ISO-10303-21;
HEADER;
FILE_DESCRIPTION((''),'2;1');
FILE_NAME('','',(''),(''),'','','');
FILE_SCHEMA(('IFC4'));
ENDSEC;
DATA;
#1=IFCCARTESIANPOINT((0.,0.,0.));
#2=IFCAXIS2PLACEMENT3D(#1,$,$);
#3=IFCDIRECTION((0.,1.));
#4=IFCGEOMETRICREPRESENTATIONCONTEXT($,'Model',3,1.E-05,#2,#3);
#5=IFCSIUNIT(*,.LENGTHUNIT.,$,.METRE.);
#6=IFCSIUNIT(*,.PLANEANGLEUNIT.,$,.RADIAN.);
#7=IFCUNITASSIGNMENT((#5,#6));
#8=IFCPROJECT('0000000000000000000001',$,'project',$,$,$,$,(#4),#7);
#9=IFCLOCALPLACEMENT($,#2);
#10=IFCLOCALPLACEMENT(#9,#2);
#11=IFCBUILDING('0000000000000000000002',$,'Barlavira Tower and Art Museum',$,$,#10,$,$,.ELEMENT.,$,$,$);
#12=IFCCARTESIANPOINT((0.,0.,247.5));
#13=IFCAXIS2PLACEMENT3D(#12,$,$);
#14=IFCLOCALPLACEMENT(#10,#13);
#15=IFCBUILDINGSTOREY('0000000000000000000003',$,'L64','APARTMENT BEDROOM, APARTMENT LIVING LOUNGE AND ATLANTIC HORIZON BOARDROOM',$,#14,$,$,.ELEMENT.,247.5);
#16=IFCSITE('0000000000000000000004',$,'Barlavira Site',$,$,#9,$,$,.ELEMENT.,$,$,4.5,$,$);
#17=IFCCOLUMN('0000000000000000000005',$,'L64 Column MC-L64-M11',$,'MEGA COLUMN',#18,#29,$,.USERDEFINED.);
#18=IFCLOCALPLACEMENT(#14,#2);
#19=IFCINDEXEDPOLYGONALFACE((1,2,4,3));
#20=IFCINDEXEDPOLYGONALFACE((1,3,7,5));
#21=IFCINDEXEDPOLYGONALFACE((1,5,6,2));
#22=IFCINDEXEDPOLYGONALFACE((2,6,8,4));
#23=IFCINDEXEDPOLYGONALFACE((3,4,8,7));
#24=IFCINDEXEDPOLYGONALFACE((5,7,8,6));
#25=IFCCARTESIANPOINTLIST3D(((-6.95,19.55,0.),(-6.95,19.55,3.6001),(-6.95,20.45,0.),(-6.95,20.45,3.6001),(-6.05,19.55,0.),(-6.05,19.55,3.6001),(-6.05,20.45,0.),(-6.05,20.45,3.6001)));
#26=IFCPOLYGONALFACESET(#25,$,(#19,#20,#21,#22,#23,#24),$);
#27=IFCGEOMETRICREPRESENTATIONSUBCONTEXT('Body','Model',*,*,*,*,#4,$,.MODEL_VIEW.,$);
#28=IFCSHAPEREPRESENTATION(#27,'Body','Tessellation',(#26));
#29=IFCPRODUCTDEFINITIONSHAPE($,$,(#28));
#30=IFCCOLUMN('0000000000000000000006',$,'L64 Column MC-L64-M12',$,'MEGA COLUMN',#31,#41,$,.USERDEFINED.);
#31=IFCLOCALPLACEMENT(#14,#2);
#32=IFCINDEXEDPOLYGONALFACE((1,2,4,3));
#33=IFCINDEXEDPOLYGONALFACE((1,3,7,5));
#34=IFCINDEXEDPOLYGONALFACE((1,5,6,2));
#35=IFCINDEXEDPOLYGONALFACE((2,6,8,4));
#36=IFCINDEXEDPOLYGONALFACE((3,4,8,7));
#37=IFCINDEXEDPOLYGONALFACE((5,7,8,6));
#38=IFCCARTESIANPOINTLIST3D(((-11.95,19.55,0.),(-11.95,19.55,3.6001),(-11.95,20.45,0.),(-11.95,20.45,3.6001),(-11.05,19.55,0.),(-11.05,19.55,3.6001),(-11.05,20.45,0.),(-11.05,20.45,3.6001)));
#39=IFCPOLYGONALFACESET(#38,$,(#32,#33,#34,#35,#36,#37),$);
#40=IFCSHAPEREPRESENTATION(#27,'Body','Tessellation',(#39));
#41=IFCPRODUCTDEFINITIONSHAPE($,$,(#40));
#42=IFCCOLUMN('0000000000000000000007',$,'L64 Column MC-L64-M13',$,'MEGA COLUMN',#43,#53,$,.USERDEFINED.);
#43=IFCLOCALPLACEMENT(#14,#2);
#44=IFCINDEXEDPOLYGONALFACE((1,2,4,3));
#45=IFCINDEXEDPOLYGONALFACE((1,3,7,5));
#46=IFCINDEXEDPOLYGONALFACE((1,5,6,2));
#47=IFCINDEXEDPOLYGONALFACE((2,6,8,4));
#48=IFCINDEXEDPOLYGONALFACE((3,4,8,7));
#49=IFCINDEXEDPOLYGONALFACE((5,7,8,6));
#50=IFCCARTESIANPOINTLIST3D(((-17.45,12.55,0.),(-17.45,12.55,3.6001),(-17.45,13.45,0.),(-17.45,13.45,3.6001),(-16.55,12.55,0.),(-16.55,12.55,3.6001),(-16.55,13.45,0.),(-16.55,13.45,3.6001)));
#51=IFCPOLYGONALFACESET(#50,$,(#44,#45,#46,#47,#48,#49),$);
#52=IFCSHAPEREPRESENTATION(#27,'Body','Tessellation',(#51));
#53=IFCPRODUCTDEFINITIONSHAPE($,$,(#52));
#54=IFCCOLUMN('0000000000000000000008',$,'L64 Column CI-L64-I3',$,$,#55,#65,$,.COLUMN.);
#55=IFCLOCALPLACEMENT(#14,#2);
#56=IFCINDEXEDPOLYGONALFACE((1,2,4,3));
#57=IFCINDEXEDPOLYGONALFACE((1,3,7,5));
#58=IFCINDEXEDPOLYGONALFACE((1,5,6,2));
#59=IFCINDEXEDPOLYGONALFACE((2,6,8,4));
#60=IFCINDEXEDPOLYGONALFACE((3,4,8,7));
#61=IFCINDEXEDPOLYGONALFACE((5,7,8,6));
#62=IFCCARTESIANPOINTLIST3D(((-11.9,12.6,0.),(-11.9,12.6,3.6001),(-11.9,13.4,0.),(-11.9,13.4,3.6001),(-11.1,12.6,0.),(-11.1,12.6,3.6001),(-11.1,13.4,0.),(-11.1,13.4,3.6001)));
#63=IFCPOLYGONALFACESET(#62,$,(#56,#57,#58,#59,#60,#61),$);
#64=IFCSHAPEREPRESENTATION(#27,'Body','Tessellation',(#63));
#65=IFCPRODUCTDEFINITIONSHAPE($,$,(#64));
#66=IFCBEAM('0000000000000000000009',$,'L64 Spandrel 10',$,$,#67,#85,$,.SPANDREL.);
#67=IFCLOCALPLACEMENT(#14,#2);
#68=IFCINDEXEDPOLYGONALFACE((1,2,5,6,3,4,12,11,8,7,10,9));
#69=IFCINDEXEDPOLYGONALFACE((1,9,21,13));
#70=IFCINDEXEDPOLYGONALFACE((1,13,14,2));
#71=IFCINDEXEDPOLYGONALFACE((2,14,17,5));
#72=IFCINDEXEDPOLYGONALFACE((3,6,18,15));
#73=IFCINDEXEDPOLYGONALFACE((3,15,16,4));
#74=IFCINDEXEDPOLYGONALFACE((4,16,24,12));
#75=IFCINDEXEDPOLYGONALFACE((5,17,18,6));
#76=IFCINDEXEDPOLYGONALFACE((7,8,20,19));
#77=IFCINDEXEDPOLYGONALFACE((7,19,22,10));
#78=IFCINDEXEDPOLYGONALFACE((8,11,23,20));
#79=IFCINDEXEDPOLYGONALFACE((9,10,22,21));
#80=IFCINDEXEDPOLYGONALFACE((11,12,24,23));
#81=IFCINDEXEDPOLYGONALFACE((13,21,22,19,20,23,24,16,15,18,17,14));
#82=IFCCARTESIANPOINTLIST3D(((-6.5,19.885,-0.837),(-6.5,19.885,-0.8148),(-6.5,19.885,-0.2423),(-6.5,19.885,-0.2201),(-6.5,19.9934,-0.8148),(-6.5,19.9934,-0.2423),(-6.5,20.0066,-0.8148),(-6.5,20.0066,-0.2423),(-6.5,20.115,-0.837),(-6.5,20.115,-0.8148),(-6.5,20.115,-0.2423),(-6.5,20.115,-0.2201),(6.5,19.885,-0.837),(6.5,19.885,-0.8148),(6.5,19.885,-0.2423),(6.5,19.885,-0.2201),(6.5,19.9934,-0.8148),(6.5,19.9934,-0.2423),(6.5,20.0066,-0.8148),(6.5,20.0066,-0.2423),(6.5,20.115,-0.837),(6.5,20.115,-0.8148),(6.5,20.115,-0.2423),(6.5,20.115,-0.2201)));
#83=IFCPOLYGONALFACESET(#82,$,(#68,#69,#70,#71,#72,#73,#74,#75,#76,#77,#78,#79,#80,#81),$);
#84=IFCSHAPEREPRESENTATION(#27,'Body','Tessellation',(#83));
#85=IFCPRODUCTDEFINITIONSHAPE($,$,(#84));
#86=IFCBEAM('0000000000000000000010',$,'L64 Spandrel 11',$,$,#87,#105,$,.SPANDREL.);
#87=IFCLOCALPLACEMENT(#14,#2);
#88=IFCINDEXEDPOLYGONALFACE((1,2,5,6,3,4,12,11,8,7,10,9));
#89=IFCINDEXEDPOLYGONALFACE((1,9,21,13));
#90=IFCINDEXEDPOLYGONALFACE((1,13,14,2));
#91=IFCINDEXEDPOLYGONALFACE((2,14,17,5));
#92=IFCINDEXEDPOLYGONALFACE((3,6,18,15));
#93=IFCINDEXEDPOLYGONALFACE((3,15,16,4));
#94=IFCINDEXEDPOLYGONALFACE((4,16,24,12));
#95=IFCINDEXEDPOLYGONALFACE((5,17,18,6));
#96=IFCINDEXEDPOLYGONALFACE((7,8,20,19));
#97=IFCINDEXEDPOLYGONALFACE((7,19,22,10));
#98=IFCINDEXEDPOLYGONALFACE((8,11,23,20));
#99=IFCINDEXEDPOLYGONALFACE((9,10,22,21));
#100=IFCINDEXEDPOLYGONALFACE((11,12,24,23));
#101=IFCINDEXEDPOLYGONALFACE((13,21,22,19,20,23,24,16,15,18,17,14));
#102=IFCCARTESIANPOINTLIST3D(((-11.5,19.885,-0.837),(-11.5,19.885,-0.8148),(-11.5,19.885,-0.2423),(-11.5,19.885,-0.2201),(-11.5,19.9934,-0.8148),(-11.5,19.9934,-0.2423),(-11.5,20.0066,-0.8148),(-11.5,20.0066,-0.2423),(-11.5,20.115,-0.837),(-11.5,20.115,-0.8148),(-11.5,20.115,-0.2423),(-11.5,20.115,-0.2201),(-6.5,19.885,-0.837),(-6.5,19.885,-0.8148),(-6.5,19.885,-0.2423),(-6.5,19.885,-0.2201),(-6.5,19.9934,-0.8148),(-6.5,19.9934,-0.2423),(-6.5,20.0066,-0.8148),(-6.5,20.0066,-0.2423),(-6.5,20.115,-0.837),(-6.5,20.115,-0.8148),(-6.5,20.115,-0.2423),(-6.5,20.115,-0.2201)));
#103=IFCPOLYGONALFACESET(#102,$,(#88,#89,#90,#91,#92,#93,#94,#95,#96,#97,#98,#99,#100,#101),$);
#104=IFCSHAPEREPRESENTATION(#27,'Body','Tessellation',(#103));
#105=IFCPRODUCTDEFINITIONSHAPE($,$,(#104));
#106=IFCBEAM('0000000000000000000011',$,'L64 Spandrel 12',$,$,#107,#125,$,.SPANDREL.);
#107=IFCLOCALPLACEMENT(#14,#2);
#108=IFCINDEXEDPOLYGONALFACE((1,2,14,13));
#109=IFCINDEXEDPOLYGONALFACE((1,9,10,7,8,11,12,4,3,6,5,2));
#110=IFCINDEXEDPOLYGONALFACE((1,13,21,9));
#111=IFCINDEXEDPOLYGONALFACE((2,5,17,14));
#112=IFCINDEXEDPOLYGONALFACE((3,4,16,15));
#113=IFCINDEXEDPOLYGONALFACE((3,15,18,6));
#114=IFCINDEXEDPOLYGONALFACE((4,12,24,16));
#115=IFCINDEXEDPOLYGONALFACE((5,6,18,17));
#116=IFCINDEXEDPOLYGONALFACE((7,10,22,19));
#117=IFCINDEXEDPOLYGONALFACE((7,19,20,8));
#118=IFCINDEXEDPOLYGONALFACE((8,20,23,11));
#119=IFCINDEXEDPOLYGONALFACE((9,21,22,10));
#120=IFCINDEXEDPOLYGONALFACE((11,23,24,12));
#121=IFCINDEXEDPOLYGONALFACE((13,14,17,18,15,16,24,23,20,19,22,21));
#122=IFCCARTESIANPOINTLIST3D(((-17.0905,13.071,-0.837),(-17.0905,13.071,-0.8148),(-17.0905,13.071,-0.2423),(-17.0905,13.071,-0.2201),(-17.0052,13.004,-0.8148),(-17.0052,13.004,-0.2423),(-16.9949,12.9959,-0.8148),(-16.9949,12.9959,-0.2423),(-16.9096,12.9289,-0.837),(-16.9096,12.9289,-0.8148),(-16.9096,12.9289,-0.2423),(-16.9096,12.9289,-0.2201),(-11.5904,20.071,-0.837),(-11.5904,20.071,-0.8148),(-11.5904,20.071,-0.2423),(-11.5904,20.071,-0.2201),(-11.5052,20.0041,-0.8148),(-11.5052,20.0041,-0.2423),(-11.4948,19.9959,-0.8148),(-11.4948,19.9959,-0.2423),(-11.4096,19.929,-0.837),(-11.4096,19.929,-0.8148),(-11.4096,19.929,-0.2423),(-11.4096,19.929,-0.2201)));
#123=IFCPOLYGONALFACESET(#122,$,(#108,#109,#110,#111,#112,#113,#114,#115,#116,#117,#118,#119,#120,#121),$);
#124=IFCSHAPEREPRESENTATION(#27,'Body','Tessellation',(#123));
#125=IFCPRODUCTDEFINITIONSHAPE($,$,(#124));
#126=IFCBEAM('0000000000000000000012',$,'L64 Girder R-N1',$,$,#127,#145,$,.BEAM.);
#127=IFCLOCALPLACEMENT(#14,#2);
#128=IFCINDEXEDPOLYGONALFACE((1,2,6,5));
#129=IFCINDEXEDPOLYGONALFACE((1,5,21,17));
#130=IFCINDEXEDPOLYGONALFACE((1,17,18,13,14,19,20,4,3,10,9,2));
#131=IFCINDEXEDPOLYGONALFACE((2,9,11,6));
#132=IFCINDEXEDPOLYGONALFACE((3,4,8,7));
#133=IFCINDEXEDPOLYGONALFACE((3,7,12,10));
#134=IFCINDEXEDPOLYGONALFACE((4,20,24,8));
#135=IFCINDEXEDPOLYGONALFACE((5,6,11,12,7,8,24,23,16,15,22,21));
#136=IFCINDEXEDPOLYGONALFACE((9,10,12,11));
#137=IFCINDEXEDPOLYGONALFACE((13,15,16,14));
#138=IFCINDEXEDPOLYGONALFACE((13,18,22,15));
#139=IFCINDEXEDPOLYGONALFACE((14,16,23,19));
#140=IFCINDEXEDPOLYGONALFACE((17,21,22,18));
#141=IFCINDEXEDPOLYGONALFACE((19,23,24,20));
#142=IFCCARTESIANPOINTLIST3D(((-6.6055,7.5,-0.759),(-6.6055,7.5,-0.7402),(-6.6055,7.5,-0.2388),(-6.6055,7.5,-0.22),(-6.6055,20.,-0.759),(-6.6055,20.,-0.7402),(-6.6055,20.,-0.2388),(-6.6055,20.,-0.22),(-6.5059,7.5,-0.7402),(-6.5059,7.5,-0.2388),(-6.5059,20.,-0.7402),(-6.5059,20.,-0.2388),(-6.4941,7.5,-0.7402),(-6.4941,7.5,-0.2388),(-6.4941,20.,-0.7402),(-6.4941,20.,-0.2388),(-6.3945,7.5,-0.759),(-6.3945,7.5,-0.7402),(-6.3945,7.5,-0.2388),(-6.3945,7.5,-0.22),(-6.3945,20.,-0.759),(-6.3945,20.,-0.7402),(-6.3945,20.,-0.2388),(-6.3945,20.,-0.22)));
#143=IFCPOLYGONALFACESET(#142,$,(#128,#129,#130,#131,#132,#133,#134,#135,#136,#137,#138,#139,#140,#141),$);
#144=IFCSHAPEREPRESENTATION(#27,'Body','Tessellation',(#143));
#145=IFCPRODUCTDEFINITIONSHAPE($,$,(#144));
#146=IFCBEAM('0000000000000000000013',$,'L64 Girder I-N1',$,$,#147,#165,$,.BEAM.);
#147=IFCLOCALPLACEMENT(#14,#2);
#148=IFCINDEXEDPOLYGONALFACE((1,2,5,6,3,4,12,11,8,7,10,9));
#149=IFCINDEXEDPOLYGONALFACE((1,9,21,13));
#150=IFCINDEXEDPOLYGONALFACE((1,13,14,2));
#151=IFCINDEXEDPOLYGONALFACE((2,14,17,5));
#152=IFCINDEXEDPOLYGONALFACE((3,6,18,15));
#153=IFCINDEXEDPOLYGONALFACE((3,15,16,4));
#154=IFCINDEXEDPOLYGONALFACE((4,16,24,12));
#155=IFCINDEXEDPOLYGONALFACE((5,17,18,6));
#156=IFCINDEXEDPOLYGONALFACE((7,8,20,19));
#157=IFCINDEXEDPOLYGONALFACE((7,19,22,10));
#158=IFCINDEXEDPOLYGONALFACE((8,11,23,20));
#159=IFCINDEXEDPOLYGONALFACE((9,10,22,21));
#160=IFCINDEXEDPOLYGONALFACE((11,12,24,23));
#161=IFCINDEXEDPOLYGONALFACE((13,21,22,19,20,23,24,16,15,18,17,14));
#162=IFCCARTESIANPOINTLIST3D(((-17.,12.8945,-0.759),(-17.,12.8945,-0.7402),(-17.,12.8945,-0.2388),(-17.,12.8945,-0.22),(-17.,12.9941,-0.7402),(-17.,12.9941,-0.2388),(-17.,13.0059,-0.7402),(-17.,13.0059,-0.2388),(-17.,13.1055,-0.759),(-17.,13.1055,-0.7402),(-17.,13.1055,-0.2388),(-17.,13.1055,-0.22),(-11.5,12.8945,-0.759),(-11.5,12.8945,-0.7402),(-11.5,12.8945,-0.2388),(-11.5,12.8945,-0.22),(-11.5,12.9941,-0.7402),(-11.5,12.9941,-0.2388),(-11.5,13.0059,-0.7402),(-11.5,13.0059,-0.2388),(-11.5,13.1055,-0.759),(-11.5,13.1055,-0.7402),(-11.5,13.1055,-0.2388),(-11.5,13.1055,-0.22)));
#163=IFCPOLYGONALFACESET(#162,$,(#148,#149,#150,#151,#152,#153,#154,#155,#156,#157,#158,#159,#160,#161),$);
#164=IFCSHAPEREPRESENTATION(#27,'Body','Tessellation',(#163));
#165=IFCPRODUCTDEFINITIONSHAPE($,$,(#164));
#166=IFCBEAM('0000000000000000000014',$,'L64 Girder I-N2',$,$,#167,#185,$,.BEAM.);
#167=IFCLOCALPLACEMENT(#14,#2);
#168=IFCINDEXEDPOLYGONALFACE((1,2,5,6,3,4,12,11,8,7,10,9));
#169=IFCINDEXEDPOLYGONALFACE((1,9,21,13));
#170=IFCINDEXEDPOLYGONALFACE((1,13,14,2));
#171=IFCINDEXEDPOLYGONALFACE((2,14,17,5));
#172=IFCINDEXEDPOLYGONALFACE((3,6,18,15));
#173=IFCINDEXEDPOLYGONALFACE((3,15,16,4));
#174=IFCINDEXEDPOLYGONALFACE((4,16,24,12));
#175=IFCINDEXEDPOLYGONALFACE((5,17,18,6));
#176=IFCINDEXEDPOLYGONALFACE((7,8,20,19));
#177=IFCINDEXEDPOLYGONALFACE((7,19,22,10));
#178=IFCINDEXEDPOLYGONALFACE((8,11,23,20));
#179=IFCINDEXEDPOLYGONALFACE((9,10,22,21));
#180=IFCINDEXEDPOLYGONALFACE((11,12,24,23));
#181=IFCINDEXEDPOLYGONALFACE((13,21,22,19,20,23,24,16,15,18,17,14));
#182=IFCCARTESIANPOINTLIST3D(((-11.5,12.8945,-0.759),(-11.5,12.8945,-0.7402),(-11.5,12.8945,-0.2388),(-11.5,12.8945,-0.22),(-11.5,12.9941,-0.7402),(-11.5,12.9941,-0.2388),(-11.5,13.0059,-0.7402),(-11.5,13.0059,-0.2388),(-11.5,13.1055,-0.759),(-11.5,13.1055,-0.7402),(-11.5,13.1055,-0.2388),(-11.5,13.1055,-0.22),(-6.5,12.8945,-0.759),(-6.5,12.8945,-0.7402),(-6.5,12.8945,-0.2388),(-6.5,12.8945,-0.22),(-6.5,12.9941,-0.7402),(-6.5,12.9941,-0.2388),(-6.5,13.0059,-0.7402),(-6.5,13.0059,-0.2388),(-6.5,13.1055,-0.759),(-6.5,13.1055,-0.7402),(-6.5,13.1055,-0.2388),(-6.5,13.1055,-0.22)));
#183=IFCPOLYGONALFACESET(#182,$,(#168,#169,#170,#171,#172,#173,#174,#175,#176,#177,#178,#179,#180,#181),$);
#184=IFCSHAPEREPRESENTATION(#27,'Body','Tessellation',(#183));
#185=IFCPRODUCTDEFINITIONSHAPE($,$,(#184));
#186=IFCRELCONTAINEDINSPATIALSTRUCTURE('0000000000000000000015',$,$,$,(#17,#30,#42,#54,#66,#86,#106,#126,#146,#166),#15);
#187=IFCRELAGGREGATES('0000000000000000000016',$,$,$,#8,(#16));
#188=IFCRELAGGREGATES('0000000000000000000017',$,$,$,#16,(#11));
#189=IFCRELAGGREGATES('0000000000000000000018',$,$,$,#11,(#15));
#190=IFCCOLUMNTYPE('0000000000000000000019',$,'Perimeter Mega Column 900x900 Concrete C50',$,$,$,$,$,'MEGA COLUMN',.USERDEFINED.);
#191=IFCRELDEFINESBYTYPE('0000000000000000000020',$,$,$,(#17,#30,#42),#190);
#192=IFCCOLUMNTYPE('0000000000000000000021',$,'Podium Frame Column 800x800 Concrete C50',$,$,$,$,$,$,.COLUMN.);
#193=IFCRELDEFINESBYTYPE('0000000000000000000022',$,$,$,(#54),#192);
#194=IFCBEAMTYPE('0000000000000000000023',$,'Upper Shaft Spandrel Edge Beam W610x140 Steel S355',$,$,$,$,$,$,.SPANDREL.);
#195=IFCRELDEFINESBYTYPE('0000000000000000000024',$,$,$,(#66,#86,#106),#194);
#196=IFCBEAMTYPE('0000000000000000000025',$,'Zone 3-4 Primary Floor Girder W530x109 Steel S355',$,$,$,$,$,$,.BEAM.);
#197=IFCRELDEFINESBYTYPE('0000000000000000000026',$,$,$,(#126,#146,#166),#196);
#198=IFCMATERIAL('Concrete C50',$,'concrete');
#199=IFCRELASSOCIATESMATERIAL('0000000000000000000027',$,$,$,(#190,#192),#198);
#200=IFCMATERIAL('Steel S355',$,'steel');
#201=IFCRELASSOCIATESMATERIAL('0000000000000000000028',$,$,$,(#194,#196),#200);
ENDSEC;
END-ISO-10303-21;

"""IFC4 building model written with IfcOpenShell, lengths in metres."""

from ifc_helpers import new_model, si_unit, direction, frame, origin, origin_2d, place, context, subcontext, project, spatial, rectangle, i_section, extrude, material, material_profile, profile_set, type_object, element, save


model = new_model("IFC4")

# Units and contexts
model_context = context("Model", 3, precision=1e-05, world=origin(), true_north=direction((0.0, 1.0)))
body_context = subcontext(model_context, "Body", "Model", "MODEL_VIEW")
ifc_project = project(units=[si_unit("LENGTHUNIT", "METRE"), si_unit("PLANEANGLEUNIT", "RADIAN")], contexts=[model_context])

# Site, building, storey
site_placement = place(None, origin())
site = spatial("IfcSite", under=ifc_project, at=site_placement, Name="Barlavira Site", CompositionType="ELEMENT", RefElevation=4.5)
building_placement = place(site_placement, origin())
building = spatial("IfcBuilding", under=site, at=building_placement, Name="Barlavira Tower and Art Museum", CompositionType="ELEMENT")
storey_placement = place(building_placement, frame((0.0, 0.0, 247.5)))
storey = spatial("IfcBuildingStorey", under=building, at=storey_placement, Name="L64", Description="APARTMENT BEDROOM, APARTMENT LIVING LOUNGE AND ATLANTIC HORIZON BOARDROOM", CompositionType="ELEMENT", Elevation=247.5)

# Columns
ifc_material_1 = material(Name="Concrete C50", Category="concrete")
ifc_material_profile_1 = material_profile(ifc_material_1, rectangle(XDim=0.8999, YDim=0.8999, at=origin_2d()), Name="RC-COL 900x900")
ifc_profile_set_1 = profile_set([ifc_material_profile_1], Name="Concrete C50")
column_type_1 = type_object("IfcColumnType", Name="Perimeter Mega Column 900x900 Concrete C50", ElementType="MEGA COLUMN", PredefinedType="USERDEFINED", material=ifc_profile_set_1)
for number, where, z_axis, x_axis, name in (
    (1, (-6.5, 20.0, 0.0), (0.0, 0.0, 1.0), (1.0, 0.0, 0.0), "L64 Column MC-L64-M11"),
    (2, (-11.5, 20.0, 0.0), (0.0, 0.0, 1.0), (1.0, 0.0, 0.0), "L64 Column MC-L64-M12"),
    (3, (-17.0, 13.0, 0.0), (0.0, 0.0, 1.0), (1.0, 0.0, 0.0), "L64 Column MC-L64-M13"),
):
    element("IfcColumn", number, at=place(storey_placement, frame(where, z_axis=z_axis, x_axis=x_axis)), inside=storey, type_object=column_type_1, Name=name, ObjectType="MEGA COLUMN", PredefinedType="USERDEFINED", context=body_context, shape_type="SweptSolid", body=[
        extrude(rectangle(XDim=0.8999, YDim=0.8999, at=origin_2d()), origin(), (0.0, 0.0, 1.0), 3.6001),
    ])
ifc_material_profile_2 = material_profile(ifc_material_1, rectangle(XDim=0.8, YDim=0.8, at=origin_2d()), Name="RC-COL 800x800")
ifc_profile_set_2 = profile_set([ifc_material_profile_2], Name="Concrete C50")
column_type_2 = type_object("IfcColumnType", Name="Podium Frame Column 800x800 Concrete C50", PredefinedType="COLUMN", material=ifc_profile_set_2)
column_placement = place(storey_placement, frame((-11.5, 13.0, 0.0), z_axis=(0.0, 0.0, 1.0), x_axis=(1.0, 0.0, 0.0)))
element("IfcColumn", 4, at=column_placement, inside=storey, type_object=column_type_2, Name="L64 Column CI-L64-I3", PredefinedType="COLUMN", context=body_context, shape_type="SweptSolid", body=[
    extrude(rectangle(XDim=0.8, YDim=0.8, at=origin_2d()), origin(), (0.0, 0.0, 1.0), 3.6001),
])

# Beams
ifc_material_2 = material(Name="Steel S355", Category="steel")
ifc_material_profile_3 = material_profile(ifc_material_2, i_section(OverallWidth=0.23, OverallDepth=0.6169, WebThickness=0.0132, FlangeThickness=0.0222, at=origin_2d()), Name="W610x140.0")
ifc_profile_set_3 = profile_set([ifc_material_profile_3], Name="Steel S355")
beam_type_1 = type_object("IfcBeamType", Name="Upper Shaft Spandrel Edge Beam W610x140 Steel S355", PredefinedType="SPANDREL", material=ifc_profile_set_3)
beam_1_placement = place(storey_placement, frame((-6.5, 20.0, -0.5286), z_axis=(1.0, 0.0, 0.0), x_axis=(0.0, 1.0, 0.0)))
element("IfcBeam", 5, at=beam_1_placement, inside=storey, type_object=beam_type_1, Name="L64 Spandrel 10", PredefinedType="SPANDREL", context=body_context, shape_type="SweptSolid", body=[
    extrude(i_section(OverallWidth=0.23, OverallDepth=0.6169, WebThickness=0.0132, FlangeThickness=0.0222, at=origin_2d()), origin(), (0.0, 0.0, 1.0), 13.0),
])
beam_2_placement = place(storey_placement, frame((-11.5, 20.0, -0.5286), z_axis=(1.0, 0.0, 0.0), x_axis=(0.0, 1.0, 0.0)))
element("IfcBeam", 6, at=beam_2_placement, inside=storey, type_object=beam_type_1, Name="L64 Spandrel 11", PredefinedType="SPANDREL", context=body_context, shape_type="SweptSolid", body=[
    extrude(i_section(OverallWidth=0.23, OverallDepth=0.6169, WebThickness=0.0132, FlangeThickness=0.0222, at=origin_2d()), origin(), (0.0, 0.0, 1.0), 5.0),
])
beam_3_placement = place(storey_placement, frame((-11.5, 20.0, -0.5286), z_axis=(-0.617822, -0.786318, 0.0), x_axis=(0.786318, -0.617822, 0.0)))
element("IfcBeam", 7, at=beam_3_placement, inside=storey, type_object=beam_type_1, Name="L64 Spandrel 12", PredefinedType="SPANDREL", context=body_context, shape_type="SweptSolid", body=[
    extrude(i_section(OverallWidth=0.23, OverallDepth=0.6169, WebThickness=0.0132, FlangeThickness=0.0222, at=origin_2d()), origin(), (0.0, 0.0, 1.0), 8.9023),
])
ifc_material_profile_4 = material_profile(ifc_material_2, i_section(OverallWidth=0.2109, OverallDepth=0.5391, WebThickness=0.0117, FlangeThickness=0.0188, at=origin_2d()), Name="W530x109.0")
ifc_profile_set_4 = profile_set([ifc_material_profile_4], Name="Steel S355")
beam_type_2 = type_object("IfcBeamType", Name="Zone 3-4 Primary Floor Girder W530x109 Steel S355", PredefinedType="BEAM", material=ifc_profile_set_4)
beam_4_placement = place(storey_placement, frame((-6.5, 7.5, -0.4895), z_axis=(0.0, 1.0, 0.0), x_axis=(-1.0, 0.0, 0.0)))
element("IfcBeam", 8, at=beam_4_placement, inside=storey, type_object=beam_type_2, Name="L64 Girder R-N1", PredefinedType="BEAM", context=body_context, shape_type="SweptSolid", body=[
    extrude(i_section(OverallWidth=0.2109, OverallDepth=0.5391, WebThickness=0.0117, FlangeThickness=0.0188, at=origin_2d()), origin(), (0.0, 0.0, 1.0), 12.5),
])
beam_5_placement = place(storey_placement, frame((-17.0, 13.0, -0.4895), z_axis=(1.0, 0.0, 0.0), x_axis=(0.0, 1.0, 0.0)))
element("IfcBeam", 9, at=beam_5_placement, inside=storey, type_object=beam_type_2, Name="L64 Girder I-N1", PredefinedType="BEAM", context=body_context, shape_type="SweptSolid", body=[
    extrude(i_section(OverallWidth=0.2109, OverallDepth=0.5391, WebThickness=0.0117, FlangeThickness=0.0188, at=origin_2d()), origin(), (0.0, 0.0, 1.0), 5.5),
])
beam_6_placement = place(storey_placement, frame((-11.5, 13.0, -0.4895), z_axis=(1.0, 0.0, 0.0), x_axis=(0.0, 1.0, 0.0)))
element("IfcBeam", 10, at=beam_6_placement, inside=storey, type_object=beam_type_2, Name="L64 Girder I-N2", PredefinedType="BEAM", context=body_context, shape_type="SweptSolid", body=[
    extrude(i_section(OverallWidth=0.2109, OverallDepth=0.5391, WebThickness=0.0117, FlangeThickness=0.0188, at=origin_2d()), origin(), (0.0, 0.0, 1.0), 5.0),
])

save(model, "model.ifc")
